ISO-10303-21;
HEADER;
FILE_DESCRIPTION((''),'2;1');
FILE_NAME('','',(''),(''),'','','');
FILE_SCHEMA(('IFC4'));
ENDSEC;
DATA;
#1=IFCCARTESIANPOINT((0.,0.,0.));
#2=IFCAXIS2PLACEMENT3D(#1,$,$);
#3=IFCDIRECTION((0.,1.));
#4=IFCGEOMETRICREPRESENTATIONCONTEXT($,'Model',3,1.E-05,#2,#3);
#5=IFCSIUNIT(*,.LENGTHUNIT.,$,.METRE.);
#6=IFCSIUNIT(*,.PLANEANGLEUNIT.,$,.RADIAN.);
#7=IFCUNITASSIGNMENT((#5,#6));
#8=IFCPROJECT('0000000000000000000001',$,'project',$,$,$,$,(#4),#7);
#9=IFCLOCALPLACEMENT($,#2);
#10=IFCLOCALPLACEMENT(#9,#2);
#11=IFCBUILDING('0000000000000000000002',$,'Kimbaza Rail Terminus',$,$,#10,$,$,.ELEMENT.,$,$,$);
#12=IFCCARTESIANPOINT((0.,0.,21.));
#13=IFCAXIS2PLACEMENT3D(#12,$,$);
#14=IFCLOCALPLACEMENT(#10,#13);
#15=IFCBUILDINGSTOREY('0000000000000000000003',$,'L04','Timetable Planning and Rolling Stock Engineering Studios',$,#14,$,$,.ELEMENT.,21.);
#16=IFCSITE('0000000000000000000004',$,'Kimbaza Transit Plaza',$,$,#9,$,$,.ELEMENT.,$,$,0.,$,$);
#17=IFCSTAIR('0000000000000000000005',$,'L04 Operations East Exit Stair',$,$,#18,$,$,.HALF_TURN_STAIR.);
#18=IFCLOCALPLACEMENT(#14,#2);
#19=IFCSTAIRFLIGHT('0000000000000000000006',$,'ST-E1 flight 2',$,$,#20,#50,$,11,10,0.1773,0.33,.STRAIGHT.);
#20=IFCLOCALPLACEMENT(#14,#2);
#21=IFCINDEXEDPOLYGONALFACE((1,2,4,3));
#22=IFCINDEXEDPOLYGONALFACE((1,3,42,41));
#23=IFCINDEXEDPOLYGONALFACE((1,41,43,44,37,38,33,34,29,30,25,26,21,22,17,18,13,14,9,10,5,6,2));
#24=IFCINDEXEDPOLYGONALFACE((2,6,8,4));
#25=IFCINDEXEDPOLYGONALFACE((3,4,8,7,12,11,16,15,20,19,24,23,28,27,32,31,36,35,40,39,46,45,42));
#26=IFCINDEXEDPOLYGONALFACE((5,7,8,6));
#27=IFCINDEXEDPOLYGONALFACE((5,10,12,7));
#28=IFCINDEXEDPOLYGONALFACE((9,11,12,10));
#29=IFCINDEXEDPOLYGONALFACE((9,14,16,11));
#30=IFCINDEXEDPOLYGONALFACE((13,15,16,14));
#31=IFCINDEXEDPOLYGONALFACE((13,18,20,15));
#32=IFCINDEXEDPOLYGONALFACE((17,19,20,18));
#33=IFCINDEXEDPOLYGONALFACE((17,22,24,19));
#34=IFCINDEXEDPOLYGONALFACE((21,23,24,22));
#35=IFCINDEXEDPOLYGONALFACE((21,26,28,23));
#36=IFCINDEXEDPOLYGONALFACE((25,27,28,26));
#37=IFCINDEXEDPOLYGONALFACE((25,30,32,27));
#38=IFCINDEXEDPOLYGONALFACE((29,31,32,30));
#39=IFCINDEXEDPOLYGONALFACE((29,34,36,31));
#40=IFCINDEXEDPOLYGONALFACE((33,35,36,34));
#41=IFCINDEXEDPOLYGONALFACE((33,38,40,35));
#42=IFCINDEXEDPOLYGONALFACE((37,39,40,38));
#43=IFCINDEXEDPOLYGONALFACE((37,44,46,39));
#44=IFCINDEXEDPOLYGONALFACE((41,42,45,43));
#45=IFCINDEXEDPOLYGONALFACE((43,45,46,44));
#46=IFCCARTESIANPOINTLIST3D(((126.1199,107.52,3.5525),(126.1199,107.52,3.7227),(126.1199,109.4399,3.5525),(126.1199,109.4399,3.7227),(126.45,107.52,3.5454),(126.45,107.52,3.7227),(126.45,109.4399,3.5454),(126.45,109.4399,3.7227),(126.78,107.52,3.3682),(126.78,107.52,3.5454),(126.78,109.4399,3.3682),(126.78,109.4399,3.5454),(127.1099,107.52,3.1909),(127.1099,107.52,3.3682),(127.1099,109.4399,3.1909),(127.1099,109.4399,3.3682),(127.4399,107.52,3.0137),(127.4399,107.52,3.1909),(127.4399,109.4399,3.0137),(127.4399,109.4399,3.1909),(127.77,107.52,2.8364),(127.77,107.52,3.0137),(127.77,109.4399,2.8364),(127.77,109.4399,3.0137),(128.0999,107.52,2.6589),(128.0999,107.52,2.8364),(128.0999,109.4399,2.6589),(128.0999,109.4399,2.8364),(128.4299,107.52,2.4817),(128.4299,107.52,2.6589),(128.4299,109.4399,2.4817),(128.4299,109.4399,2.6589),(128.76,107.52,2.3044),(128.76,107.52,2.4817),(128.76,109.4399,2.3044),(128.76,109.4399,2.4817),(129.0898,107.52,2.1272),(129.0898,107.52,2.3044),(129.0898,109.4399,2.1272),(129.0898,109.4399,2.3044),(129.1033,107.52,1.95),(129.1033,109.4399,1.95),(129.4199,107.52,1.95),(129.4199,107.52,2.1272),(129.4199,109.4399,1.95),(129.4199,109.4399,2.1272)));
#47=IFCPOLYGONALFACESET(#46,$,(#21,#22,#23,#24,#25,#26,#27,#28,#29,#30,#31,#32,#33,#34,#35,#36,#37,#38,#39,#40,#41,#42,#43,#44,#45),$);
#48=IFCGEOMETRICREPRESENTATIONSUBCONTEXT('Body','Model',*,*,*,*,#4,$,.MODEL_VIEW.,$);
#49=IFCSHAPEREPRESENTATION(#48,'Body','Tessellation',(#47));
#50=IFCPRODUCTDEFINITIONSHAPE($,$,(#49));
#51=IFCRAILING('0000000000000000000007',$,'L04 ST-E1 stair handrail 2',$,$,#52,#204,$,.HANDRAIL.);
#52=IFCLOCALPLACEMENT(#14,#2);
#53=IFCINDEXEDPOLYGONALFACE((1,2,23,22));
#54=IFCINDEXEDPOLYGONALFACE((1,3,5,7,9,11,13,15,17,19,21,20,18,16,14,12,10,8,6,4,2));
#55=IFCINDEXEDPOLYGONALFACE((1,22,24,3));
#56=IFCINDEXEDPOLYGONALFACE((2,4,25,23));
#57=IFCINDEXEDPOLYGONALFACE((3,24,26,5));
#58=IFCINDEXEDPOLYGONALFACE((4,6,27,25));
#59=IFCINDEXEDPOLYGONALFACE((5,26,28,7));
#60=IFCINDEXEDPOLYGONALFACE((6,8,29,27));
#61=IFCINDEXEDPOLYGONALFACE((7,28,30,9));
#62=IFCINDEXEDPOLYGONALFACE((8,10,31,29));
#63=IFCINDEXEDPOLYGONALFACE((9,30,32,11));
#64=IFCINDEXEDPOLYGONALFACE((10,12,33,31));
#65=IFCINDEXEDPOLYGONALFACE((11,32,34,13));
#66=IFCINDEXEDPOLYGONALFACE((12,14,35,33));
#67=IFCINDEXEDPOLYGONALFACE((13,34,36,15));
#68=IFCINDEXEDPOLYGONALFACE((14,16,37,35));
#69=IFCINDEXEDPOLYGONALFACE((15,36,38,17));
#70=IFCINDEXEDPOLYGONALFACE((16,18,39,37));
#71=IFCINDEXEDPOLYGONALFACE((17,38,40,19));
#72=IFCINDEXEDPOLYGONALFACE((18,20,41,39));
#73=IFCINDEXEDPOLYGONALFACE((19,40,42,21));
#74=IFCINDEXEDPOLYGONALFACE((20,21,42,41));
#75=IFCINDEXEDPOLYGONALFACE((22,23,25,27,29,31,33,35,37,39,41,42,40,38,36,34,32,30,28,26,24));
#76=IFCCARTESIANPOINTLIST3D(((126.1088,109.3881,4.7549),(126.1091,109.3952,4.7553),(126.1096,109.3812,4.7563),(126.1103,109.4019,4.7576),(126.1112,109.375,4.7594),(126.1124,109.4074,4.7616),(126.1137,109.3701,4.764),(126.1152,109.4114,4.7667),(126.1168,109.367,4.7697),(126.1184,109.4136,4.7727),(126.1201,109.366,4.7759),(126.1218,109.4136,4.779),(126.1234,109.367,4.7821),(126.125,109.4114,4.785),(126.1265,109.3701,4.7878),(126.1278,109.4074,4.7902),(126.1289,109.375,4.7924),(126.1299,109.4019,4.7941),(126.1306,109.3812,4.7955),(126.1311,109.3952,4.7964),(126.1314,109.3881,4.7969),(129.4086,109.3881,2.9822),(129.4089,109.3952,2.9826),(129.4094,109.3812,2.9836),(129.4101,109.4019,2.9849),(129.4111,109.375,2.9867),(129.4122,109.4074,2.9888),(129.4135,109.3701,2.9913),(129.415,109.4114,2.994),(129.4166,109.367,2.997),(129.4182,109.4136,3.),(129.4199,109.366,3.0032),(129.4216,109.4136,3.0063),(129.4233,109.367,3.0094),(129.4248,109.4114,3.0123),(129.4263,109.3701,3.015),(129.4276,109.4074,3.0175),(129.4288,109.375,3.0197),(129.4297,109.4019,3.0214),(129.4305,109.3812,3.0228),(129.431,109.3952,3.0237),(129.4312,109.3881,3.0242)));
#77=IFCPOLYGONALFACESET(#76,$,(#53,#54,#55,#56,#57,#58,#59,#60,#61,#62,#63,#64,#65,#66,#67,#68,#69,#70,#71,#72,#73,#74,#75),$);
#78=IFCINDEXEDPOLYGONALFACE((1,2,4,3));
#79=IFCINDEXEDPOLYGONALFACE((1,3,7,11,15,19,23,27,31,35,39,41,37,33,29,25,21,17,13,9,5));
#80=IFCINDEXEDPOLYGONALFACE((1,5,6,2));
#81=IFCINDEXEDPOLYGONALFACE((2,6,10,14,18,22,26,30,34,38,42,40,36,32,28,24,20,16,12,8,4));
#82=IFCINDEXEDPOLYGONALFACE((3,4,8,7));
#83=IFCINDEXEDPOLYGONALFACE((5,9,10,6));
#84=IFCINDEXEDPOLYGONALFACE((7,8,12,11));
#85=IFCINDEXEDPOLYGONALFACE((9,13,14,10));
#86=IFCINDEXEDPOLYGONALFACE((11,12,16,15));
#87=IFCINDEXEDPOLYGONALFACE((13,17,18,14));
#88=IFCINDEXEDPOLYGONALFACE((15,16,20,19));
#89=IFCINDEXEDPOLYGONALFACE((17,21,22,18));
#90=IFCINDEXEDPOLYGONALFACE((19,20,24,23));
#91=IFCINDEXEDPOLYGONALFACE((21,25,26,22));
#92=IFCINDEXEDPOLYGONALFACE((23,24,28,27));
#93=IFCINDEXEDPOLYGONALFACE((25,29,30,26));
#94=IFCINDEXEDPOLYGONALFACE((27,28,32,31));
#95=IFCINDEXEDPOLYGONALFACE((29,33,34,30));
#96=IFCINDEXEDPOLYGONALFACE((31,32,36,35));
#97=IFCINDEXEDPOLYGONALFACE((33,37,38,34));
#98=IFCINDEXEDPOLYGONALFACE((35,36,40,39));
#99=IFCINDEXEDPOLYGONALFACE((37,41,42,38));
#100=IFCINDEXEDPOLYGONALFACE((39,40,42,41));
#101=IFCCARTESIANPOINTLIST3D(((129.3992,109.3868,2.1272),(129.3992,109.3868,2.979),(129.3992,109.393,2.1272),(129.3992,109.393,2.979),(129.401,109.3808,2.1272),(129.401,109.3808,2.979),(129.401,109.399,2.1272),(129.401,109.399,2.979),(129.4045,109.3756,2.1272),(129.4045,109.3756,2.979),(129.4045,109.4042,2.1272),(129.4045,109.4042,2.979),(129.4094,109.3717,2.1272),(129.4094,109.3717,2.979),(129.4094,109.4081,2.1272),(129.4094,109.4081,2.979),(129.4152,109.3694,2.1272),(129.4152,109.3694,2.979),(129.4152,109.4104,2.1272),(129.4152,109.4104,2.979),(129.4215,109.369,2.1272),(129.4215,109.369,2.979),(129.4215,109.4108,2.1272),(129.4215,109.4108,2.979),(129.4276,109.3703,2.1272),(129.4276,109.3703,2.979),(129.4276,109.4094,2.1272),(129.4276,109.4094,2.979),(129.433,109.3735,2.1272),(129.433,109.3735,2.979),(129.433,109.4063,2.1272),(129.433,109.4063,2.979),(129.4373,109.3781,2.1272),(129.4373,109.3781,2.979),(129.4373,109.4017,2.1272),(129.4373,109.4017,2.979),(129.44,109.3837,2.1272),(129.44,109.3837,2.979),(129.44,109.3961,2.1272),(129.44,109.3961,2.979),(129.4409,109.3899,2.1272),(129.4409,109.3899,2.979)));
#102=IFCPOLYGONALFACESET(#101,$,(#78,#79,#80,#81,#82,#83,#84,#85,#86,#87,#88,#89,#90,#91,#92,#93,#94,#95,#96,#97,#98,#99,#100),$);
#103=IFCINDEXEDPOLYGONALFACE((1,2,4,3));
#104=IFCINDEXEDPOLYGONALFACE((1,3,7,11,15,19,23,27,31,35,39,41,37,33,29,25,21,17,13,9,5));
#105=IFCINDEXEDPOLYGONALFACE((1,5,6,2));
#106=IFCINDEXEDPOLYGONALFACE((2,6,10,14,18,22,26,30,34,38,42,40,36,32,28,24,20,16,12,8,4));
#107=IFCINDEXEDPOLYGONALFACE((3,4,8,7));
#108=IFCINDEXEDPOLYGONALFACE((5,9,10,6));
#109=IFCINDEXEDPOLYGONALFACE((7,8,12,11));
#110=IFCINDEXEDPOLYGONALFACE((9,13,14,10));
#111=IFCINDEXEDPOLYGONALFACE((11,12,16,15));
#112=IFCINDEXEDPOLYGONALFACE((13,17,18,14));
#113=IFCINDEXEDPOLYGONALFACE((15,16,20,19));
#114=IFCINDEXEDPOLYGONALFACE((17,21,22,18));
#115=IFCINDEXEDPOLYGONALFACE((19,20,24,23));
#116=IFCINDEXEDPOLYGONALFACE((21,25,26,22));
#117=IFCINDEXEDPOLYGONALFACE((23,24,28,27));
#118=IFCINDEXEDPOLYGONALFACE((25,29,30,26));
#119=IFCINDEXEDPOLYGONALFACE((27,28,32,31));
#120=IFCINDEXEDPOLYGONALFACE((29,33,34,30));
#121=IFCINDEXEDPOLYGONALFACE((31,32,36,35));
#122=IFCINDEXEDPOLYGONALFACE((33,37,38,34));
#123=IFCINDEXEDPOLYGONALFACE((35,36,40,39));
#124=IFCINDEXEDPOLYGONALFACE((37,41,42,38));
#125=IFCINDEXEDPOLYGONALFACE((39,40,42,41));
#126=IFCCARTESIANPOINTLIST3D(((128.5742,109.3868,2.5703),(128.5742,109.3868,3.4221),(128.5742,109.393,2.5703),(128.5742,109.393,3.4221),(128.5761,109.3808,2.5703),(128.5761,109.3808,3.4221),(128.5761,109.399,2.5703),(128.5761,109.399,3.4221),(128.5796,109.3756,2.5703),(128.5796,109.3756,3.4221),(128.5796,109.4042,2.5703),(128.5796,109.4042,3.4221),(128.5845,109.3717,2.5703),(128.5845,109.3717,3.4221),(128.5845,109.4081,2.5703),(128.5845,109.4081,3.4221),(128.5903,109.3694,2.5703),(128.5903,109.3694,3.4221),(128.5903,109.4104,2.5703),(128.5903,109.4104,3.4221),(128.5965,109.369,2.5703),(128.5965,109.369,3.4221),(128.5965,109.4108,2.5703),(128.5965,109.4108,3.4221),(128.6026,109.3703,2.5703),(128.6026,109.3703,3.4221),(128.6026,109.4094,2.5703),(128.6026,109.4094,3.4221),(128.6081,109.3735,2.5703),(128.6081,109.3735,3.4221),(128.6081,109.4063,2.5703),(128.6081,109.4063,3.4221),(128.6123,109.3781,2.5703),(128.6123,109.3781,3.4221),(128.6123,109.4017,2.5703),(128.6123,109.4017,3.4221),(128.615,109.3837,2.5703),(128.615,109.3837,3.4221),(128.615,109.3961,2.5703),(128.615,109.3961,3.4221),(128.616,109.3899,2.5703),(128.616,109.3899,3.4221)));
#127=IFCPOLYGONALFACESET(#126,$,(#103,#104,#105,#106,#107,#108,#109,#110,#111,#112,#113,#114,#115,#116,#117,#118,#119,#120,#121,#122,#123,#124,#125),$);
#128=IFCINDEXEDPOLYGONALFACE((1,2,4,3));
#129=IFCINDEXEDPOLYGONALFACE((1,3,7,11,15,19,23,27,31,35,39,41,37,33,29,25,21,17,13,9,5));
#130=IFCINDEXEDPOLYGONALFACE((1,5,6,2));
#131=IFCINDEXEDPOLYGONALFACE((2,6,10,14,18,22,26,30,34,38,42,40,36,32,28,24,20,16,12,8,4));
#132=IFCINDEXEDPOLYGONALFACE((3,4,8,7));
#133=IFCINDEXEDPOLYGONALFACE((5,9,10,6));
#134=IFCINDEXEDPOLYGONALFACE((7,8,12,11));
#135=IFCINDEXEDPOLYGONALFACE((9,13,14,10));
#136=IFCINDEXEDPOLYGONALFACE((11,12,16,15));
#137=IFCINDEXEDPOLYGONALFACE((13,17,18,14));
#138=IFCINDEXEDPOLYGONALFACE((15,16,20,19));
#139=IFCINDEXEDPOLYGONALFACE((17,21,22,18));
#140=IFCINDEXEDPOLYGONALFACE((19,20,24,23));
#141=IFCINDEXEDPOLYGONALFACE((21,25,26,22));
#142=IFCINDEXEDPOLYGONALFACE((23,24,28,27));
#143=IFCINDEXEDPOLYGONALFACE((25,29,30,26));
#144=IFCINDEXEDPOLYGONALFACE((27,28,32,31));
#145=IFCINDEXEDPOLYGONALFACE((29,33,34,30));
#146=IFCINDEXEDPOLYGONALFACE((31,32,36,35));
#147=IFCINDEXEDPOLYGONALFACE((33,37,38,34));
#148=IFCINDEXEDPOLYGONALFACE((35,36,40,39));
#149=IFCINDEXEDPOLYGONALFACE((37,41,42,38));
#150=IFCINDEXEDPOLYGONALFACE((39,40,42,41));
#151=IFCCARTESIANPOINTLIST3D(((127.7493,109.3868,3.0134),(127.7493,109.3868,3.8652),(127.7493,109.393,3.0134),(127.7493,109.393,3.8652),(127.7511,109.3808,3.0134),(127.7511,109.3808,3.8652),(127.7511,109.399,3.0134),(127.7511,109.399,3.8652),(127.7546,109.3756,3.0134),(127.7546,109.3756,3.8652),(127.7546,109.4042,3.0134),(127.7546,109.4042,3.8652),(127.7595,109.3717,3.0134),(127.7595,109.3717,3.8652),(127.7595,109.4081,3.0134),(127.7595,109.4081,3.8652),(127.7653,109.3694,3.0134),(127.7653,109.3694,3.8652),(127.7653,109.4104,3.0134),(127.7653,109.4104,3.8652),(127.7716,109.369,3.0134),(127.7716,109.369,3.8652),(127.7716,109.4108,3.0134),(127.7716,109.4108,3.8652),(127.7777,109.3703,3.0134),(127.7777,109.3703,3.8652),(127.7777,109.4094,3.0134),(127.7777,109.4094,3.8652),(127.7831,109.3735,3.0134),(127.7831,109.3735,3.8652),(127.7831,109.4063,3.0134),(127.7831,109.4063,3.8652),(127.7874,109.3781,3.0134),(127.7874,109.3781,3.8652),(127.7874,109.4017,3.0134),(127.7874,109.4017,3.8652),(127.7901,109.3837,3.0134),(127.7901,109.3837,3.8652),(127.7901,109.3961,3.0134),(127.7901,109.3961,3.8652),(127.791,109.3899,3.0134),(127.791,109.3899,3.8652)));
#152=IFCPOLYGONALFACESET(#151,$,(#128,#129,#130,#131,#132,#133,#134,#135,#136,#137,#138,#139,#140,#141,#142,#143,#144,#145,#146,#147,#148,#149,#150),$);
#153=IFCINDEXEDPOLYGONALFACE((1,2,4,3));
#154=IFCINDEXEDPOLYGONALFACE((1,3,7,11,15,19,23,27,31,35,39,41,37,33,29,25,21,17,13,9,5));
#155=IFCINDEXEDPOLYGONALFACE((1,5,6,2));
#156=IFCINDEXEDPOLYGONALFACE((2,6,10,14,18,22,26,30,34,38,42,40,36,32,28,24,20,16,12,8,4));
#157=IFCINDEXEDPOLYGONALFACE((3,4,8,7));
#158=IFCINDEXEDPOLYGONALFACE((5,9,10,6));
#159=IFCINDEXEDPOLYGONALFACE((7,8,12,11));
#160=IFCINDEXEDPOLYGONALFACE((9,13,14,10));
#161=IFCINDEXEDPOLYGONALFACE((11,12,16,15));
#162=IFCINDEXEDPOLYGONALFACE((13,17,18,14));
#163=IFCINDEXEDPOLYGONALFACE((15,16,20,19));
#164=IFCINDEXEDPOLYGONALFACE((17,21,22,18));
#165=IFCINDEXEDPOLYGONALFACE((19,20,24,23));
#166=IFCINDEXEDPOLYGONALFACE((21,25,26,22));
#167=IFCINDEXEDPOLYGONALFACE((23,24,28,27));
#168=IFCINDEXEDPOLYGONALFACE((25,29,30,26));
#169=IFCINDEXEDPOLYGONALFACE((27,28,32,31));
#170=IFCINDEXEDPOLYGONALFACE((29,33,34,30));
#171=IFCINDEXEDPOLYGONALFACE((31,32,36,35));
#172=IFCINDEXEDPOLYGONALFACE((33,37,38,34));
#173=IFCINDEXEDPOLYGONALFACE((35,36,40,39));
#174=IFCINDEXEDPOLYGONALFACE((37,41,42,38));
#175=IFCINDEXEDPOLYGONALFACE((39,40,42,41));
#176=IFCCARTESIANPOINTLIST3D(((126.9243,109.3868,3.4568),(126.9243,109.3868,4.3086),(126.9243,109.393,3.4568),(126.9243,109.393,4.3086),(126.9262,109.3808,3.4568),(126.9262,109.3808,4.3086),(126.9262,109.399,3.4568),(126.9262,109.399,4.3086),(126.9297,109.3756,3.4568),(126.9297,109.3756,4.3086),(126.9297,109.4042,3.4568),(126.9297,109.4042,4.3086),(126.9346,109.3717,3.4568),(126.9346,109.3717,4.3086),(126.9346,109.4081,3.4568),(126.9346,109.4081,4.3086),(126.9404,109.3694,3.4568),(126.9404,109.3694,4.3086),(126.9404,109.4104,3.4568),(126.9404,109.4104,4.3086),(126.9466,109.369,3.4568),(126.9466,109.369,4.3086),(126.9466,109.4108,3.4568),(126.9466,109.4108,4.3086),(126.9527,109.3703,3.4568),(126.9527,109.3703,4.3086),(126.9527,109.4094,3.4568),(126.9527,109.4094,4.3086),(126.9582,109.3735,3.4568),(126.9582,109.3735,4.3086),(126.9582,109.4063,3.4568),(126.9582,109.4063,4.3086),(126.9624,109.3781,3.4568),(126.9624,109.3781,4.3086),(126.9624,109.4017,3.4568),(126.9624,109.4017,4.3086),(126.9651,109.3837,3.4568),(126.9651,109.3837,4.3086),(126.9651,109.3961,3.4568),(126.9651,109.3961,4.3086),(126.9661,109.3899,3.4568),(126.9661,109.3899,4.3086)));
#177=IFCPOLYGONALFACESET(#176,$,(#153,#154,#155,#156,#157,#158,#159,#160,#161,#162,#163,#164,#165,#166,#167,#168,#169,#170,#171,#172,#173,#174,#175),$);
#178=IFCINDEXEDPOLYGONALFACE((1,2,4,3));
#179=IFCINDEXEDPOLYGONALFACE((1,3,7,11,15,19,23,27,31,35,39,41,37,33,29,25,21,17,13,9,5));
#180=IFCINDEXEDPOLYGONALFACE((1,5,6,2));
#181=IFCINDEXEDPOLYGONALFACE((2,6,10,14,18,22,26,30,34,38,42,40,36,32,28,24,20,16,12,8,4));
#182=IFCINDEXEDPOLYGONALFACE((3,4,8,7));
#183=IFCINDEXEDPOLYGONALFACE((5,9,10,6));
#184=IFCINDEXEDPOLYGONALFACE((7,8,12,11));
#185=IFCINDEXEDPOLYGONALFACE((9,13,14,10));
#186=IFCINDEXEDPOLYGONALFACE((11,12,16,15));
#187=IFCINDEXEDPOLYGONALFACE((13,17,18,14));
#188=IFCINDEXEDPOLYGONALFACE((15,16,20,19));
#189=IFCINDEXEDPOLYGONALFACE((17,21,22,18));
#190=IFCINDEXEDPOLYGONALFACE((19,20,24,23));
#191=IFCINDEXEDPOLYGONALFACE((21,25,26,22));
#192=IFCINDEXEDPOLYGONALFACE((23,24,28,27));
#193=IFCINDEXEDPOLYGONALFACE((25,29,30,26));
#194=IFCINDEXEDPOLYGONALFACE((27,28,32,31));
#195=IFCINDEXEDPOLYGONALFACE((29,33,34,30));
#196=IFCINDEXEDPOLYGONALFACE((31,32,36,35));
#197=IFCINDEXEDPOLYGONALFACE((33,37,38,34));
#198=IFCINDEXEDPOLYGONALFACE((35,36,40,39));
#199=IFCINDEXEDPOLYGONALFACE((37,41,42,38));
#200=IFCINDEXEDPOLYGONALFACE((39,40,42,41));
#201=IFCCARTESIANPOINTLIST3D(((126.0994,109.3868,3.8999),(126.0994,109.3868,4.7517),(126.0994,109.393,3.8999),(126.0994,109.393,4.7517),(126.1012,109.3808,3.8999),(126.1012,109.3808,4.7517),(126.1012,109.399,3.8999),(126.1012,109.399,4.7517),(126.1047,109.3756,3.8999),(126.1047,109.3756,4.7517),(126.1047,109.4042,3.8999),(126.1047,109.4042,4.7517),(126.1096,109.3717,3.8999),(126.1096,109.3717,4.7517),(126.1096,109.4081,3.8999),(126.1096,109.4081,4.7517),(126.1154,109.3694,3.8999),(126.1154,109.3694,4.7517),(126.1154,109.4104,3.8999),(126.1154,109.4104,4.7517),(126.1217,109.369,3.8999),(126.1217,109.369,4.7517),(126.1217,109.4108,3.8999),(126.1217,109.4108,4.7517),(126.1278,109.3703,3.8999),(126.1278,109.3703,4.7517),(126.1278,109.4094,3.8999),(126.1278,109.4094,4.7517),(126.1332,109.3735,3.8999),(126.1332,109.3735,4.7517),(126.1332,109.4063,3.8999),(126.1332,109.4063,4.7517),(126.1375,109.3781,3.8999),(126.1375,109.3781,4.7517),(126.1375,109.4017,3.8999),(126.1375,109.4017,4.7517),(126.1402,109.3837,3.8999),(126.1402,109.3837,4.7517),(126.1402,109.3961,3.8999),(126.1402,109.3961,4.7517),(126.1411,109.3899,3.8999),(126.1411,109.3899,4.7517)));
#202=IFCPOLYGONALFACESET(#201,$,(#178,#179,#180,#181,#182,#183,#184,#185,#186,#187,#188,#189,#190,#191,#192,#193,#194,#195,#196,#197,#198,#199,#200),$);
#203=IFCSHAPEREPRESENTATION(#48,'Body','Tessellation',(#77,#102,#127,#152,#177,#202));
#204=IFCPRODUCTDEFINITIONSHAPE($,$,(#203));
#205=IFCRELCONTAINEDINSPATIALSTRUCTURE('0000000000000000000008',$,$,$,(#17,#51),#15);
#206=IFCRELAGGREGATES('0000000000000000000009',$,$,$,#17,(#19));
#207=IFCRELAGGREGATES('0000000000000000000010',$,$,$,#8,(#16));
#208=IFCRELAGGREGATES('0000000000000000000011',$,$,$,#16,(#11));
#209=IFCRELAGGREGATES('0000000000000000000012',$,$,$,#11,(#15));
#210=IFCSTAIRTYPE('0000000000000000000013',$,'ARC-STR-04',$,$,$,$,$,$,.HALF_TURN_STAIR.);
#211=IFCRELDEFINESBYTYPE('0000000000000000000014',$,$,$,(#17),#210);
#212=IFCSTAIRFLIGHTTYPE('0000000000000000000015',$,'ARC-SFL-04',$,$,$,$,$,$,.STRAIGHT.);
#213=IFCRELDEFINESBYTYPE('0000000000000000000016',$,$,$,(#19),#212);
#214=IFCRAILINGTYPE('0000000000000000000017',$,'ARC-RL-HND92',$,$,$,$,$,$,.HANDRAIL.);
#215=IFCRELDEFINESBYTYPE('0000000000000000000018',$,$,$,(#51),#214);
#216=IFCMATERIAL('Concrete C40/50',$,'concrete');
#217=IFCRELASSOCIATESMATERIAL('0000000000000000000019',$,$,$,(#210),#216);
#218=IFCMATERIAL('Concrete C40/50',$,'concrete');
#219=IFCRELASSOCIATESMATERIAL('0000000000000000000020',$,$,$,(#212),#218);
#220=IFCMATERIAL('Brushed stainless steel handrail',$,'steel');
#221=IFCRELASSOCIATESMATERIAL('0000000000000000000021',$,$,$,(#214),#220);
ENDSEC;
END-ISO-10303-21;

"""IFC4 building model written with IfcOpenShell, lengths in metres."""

from ifc_helpers import new_model, si_unit, direction, frame, origin, origin_2d, place, context, subcontext, project, spatial, polyline, circle, outline, extrude, material, type_object, element, aggregate, save


model = new_model("IFC4")

# Units and contexts
model_context = context("Model", 3, precision=1e-05, world=origin(), true_north=direction((0.0, 1.0)))
body_context = subcontext(model_context, "Body", "Model", "MODEL_VIEW")
ifc_project = project(units=[si_unit("LENGTHUNIT", "METRE"), si_unit("PLANEANGLEUNIT", "RADIAN")], contexts=[model_context])

# Site, building, storey
site_placement = place(None, origin())
site = spatial("IfcSite", under=ifc_project, at=site_placement, Name="Kimbaza Transit Plaza", CompositionType="ELEMENT", RefElevation=0.0)
building_placement = place(site_placement, origin())
building = spatial("IfcBuilding", under=site, at=building_placement, Name="Kimbaza Rail Terminus", CompositionType="ELEMENT")
storey_placement = place(building_placement, frame((0.0, 0.0, 21.0)))
storey = spatial("IfcBuildingStorey", under=building, at=storey_placement, Name="L04", Description="Timetable Planning and Rolling Stock Engineering Studios", CompositionType="ELEMENT", Elevation=21.0)

# Stair, stair flight
ifc_material_1 = material(Name="Concrete C40/50", Category="concrete")
stair_type = type_object("IfcStairType", Name="ARC-STR-04", PredefinedType="HALF_TURN_STAIR", material=ifc_material_1)
stair_placement = place(storey_placement, origin())
stair = element("IfcStair", 1, at=stair_placement, inside=storey, type_object=stair_type, Name="L04 Operations East Exit Stair", PredefinedType="HALF_TURN_STAIR")
ifc_material_2 = material(Name="Concrete C40/50", Category="concrete")
stair_flight_type = type_object("IfcStairFlightType", Name="ARC-SFL-04", PredefinedType="STRAIGHT", material=ifc_material_2)
stair_flight_placement = place(storey_placement, frame((129.4199, 108.48, 1.95), z_axis=(0.0, 0.0, 1.0), x_axis=(-1.0, 0.0, 0.0)))
stair_flight = element("IfcStairFlight", 2, at=stair_flight_placement, type_object=stair_flight_type, Name="ST-E1 flight 2", NumberOfRisers=11, NumberOfTreads=10, PredefinedType="STRAIGHT", RiserHeight=0.1773, TreadLength=0.33, context=body_context, shape_type="SweptSolid", body=[
    extrude(outline(polyline([(0.0, 0.0), (0.0, 0.1772), (0.3301, 0.1772), (0.3301, 0.3545), (0.6599, 0.3545), (0.6599, 0.5317), (0.99, 0.5317), (0.99, 0.709), (1.3201, 0.709), (1.3201, 0.8865), (1.6499, 0.8865), (1.6499, 1.0637), (1.98, 1.0637), (1.98, 1.241), (2.3101, 1.241), (2.3101, 1.4182), (2.6399, 1.4182), (2.6399, 1.5955), (2.97, 1.5955), (2.97, 1.7727), (3.3, 1.7727), (3.3, 1.95), (3.3, 1.6025), (0.3167, 0.0), (0.0, 0.0)])), frame((0.0, 0.96, 0.0), z_axis=(0.0, -1.0, 0.0), x_axis=(1.0, 0.0, 0.0)), (0.0, 0.0, 1.0), 1.9199),
])
aggregate(stair, [stair_flight])

# Railing
ifc_material_3 = material(Name="Brushed stainless steel handrail", Category="steel")
railing_type = type_object("IfcRailingType", Name="ARC-RL-HND92", PredefinedType="HANDRAIL", material=ifc_material_3)
railing_placement = place(storey_placement, frame((129.4199, 109.3899, 2.1272)))
element("IfcRailing", 3, at=railing_placement, inside=storey, type_object=railing_type, Name="L04 ST-E1 stair handrail 2", PredefinedType="HANDRAIL", context=body_context, shape_type="SweptSolid", body=[
    extrude(circle(Radius=0.0239, at=origin_2d()), frame((0.0, 0.0, 0.876), z_axis=(-0.880929, 0.0, 0.473248), x_axis=(0.0, -1.0, 0.0)), (0.0, 0.0, 1.0), 3.7458),
    extrude(circle(Radius=0.021, at=origin_2d()), origin(), (0.0, 0.0, 1.0), 0.8518),
    extrude(circle(Radius=0.021, at=origin_2d()), frame((-0.825, 0.0, 0.4431)), (0.0, 0.0, 1.0), 0.8518),
    extrude(circle(Radius=0.021, at=origin_2d()), frame((-1.6499, 0.0, 0.8862)), (0.0, 0.0, 1.0), 0.8518),
    extrude(circle(Radius=0.021, at=origin_2d()), frame((-2.4749, 0.0, 1.3296)), (0.0, 0.0, 1.0), 0.8518),
    extrude(circle(Radius=0.021, at=origin_2d()), frame((-3.2998, 0.0, 1.7727)), (0.0, 0.0, 1.0), 0.8518),
])

save(model, "model.ifc")
